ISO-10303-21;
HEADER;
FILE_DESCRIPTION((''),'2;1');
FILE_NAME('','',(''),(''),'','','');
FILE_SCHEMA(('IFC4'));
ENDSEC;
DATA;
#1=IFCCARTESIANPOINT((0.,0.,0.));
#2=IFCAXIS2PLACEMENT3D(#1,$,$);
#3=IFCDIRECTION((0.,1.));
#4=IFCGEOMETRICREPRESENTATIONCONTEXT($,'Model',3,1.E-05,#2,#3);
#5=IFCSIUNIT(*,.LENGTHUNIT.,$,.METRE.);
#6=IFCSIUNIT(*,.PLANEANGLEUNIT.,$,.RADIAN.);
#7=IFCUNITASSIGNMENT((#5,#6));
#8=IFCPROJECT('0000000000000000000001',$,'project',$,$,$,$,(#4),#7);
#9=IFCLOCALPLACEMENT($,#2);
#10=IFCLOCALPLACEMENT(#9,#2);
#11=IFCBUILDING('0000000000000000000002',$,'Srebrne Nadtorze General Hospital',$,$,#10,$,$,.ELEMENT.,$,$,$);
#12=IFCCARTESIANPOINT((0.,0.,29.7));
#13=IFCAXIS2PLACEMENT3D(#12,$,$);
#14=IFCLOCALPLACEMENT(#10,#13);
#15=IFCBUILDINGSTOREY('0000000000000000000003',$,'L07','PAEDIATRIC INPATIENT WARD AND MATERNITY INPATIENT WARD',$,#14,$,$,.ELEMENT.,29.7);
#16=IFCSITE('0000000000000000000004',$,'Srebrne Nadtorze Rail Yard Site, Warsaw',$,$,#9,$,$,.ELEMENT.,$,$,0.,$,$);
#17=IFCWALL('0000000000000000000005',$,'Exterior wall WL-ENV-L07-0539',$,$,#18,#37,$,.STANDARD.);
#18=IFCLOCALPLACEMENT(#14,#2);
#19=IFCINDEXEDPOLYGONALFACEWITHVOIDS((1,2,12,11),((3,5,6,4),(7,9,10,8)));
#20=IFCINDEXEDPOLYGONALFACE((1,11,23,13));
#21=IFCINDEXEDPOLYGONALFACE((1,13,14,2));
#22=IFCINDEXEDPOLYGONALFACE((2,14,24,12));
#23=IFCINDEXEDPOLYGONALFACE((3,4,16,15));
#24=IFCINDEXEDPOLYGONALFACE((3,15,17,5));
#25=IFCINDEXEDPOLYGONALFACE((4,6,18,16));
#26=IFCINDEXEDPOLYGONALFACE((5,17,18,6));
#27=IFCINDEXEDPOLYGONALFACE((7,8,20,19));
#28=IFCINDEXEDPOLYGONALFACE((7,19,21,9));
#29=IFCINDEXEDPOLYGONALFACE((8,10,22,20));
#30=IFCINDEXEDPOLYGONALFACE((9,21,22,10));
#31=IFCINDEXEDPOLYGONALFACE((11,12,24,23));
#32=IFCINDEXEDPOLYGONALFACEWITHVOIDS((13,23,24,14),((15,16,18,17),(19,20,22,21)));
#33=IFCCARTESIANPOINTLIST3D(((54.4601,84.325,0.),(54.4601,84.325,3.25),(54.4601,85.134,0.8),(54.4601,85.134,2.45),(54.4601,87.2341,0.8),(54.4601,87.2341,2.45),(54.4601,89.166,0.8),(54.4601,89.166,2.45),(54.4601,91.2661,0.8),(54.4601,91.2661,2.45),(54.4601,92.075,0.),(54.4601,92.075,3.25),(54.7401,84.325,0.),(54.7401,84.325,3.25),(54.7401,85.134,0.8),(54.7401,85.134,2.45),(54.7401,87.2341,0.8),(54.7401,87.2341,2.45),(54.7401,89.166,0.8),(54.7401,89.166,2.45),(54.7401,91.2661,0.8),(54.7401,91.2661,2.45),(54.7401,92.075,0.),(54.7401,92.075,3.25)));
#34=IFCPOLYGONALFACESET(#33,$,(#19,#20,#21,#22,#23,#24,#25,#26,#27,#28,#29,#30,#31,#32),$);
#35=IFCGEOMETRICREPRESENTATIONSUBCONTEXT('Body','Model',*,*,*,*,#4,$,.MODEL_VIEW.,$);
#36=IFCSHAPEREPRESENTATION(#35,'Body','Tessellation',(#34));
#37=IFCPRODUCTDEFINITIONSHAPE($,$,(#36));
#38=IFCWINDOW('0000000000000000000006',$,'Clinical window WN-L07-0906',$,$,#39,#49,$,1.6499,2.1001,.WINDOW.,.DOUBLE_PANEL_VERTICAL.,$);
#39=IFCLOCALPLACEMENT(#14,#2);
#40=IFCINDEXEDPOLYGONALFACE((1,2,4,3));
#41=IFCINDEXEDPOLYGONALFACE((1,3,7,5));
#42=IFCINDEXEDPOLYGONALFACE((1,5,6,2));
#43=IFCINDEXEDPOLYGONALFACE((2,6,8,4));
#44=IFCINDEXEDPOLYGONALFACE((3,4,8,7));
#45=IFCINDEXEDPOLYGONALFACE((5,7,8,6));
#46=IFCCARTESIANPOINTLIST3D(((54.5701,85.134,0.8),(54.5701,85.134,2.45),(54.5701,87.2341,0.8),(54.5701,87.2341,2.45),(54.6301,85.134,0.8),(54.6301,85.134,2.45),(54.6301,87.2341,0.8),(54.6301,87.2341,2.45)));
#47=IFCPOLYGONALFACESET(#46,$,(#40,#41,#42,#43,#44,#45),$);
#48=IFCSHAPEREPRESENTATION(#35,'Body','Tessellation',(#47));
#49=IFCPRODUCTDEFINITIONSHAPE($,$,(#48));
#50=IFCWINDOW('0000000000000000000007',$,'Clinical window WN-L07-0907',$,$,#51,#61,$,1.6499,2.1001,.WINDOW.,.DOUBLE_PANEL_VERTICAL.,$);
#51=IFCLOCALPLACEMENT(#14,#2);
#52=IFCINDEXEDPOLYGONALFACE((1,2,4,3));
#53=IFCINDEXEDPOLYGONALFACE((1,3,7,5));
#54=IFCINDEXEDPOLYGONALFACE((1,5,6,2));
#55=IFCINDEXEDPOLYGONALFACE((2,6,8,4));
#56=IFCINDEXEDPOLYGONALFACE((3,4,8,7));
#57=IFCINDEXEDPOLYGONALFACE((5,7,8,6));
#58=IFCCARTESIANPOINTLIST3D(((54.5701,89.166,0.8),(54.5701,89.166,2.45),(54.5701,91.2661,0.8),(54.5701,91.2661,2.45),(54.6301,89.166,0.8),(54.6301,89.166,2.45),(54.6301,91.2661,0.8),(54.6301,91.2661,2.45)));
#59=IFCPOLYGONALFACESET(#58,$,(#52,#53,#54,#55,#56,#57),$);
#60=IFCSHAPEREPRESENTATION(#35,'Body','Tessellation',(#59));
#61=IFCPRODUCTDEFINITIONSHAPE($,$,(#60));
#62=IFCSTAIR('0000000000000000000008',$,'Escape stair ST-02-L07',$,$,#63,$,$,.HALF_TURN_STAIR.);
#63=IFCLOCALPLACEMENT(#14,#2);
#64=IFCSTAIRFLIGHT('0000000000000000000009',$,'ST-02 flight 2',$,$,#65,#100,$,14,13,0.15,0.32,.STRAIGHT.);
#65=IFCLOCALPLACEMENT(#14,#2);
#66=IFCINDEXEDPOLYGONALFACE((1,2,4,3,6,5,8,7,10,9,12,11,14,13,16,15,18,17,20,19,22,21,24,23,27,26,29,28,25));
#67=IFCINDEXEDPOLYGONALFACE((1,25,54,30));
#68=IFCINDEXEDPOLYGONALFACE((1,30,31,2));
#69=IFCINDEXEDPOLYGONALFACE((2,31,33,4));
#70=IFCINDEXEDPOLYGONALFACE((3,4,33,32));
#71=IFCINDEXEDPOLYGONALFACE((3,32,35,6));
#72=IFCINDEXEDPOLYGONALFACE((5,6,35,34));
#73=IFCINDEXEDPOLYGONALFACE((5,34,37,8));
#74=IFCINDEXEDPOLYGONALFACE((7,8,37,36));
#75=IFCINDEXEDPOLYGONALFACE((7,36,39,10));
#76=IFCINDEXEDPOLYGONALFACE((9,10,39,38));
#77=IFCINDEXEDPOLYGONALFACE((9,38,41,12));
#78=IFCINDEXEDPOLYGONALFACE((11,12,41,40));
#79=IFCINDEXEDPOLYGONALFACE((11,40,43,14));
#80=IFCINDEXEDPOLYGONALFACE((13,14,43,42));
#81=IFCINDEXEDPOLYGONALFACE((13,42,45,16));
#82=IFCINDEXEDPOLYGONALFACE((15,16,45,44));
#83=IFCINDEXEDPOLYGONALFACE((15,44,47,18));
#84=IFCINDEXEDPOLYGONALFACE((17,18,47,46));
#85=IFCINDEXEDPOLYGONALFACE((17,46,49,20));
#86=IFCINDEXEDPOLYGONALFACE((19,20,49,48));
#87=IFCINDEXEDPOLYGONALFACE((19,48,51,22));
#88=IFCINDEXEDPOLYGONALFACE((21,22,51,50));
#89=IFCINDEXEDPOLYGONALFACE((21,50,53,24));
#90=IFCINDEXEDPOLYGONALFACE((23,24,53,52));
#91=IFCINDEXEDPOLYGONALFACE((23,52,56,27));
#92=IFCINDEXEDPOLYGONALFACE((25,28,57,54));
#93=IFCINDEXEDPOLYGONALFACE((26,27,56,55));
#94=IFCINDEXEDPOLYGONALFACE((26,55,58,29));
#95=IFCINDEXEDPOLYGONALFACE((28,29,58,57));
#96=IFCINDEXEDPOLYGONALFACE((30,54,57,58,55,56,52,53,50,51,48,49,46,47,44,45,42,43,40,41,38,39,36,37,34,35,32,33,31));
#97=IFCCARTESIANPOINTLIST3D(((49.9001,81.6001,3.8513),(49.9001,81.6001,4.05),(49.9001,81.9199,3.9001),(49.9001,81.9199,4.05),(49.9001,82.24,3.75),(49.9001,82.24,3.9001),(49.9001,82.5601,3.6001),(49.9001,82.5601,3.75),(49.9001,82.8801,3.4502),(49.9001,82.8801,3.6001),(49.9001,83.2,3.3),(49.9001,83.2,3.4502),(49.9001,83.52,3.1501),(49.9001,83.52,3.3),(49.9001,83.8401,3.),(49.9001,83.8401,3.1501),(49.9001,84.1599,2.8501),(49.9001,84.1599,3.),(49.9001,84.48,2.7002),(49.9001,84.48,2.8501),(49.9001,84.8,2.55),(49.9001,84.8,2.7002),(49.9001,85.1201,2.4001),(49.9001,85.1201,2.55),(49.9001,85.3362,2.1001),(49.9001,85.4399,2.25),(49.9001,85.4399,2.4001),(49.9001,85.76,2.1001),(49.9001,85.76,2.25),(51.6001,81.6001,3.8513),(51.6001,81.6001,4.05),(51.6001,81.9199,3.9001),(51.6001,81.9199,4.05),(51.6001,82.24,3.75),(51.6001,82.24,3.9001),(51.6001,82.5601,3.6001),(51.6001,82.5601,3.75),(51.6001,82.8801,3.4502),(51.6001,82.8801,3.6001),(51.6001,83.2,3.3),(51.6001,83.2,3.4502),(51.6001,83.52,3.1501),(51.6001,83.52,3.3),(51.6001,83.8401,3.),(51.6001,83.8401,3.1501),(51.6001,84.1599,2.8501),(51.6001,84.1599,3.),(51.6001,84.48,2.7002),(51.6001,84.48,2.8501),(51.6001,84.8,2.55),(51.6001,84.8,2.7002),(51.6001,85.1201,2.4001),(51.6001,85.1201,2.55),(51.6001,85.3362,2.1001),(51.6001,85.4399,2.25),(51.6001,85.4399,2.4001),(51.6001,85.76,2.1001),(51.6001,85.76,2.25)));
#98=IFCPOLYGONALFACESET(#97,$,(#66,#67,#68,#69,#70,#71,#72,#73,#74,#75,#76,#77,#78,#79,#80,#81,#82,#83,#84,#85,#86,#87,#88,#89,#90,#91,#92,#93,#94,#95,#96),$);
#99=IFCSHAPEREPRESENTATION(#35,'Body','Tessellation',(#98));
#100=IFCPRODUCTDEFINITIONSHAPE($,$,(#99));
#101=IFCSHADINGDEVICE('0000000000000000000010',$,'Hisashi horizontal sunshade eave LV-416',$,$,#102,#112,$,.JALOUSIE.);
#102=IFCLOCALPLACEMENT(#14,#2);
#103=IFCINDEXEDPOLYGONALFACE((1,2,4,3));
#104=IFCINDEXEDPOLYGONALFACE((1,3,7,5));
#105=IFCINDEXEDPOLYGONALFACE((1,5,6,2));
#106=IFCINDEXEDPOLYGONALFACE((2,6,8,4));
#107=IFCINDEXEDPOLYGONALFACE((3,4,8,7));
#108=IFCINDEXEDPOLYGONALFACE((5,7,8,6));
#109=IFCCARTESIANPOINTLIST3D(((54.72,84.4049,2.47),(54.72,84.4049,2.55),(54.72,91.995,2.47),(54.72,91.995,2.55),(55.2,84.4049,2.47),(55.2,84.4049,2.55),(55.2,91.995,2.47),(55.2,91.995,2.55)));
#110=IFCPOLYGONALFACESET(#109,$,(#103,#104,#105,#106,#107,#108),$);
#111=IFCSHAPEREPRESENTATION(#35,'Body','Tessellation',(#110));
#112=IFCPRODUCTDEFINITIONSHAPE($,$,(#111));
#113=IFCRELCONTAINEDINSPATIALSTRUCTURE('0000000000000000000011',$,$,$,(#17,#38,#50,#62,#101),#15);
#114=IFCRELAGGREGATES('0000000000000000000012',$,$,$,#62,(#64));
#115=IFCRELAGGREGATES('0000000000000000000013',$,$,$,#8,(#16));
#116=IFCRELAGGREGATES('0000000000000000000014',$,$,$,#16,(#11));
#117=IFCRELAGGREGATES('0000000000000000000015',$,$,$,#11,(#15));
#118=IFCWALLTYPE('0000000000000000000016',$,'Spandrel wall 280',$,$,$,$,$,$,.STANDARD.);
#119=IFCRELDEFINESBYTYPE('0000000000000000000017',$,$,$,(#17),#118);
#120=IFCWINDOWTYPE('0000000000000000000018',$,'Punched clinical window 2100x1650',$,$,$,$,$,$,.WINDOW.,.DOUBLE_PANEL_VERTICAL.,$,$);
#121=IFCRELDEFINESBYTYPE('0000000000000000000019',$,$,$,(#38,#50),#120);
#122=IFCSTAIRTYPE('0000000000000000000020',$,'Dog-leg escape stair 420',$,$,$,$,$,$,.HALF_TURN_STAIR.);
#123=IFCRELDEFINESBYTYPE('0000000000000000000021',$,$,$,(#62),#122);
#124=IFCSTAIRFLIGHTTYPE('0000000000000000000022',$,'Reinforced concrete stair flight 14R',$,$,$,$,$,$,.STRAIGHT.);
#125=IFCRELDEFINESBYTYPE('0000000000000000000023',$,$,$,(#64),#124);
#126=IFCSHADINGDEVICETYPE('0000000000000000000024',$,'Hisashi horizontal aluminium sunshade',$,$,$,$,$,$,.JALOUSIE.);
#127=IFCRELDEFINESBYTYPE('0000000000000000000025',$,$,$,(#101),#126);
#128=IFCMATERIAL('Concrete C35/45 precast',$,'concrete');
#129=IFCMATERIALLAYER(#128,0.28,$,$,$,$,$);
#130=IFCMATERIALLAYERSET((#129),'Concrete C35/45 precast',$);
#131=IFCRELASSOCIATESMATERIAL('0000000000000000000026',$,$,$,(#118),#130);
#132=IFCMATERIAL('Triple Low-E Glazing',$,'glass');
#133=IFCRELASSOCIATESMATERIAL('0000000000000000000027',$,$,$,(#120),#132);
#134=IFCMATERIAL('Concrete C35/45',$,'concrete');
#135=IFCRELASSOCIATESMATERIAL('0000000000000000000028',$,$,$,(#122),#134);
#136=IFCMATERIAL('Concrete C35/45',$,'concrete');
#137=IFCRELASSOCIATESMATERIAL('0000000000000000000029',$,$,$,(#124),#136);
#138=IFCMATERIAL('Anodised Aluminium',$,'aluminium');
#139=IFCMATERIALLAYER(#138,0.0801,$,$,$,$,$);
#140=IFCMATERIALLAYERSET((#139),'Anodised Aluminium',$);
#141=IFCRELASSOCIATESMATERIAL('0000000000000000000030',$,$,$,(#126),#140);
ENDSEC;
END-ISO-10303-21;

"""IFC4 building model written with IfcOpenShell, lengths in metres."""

from ifc_helpers import new_model, si_unit, direction, frame, frame_2d, origin, origin_2d, place, context, subcontext, project, spatial, polyline, rectangle, outline, extrude, material, layer, layer_set, type_object, element, fill, aggregate, save


model = new_model("IFC4")

# Units and contexts
model_context = context("Model", 3, precision=1e-05, world=origin(), true_north=direction((0.0, 1.0)))
body_context = subcontext(model_context, "Body", "Model", "MODEL_VIEW")
ifc_project = project(units=[si_unit("LENGTHUNIT", "METRE"), si_unit("PLANEANGLEUNIT", "RADIAN")], contexts=[model_context])

# Site, building, storey
site_placement = place(None, origin())
site = spatial("IfcSite", under=ifc_project, at=site_placement, Name="Srebrne Nadtorze Rail Yard Site, Warsaw", CompositionType="ELEMENT", RefElevation=0.0)
building_placement = place(site_placement, origin())
building = spatial("IfcBuilding", under=site, at=building_placement, Name="Srebrne Nadtorze General Hospital", CompositionType="ELEMENT")
storey_placement = place(building_placement, frame((0.0, 0.0, 29.7)))
storey = spatial("IfcBuildingStorey", under=building, at=storey_placement, Name="L07", Description="PAEDIATRIC INPATIENT WARD AND MATERNITY INPATIENT WARD", CompositionType="ELEMENT", Elevation=29.7)

# Wall, openings, windows
ifc_material_1 = material(Name="Concrete C35/45 precast", Category="concrete")
ifc_layer_1 = layer(ifc_material_1, 0.28)
ifc_layer_set_1 = layer_set([ifc_layer_1], Name="Concrete C35/45 precast")
wall_type_1 = type_object("IfcWallType", Name="Spandrel wall 280", PredefinedType="STANDARD", material=ifc_layer_set_1)
ifc_material_2 = material(Name="Triple Low-E Glazing", Category="glass")
window_type_1 = type_object("IfcWindowType", Name="Punched clinical window 2100x1650", PartitioningType="DOUBLE_PANEL_VERTICAL", PredefinedType="WINDOW", material=ifc_material_2)
wall_1_placement = place(storey_placement, frame((54.6001, 84.325, 0.0), z_axis=(0.0, 0.0, 1.0), x_axis=(0.0, 1.0, 0.0)))
wall_1 = element("IfcWall", 1, at=wall_1_placement, inside=storey, type_object=wall_type_1, Name="Exterior wall WL-ENV-L07-0539", PredefinedType="STANDARD", context=body_context, shape_type="SweptSolid", body=[
    extrude(rectangle(XDim=7.75, YDim=0.28, at=frame_2d((3.875, 0.0))), origin(), (0.0, 0.0, 1.0), 3.25),
])
opening_1_placement = place(wall_1_placement, frame((0.8091, 0.0, 0.8)))
opening_1 = element("IfcOpeningElement", 2, at=opening_1_placement, cuts=wall_1, PredefinedType="OPENING", context=body_context, shape_type="SweptSolid", body=[
    extrude(rectangle(XDim=2.1001, YDim=1.6499, at=frame_2d((1.05, 0.825))), frame((0.0, 0.1519, 0.0), z_axis=(0.0, -1.0, 0.0), x_axis=(1.0, 0.0, 0.0)), (0.0, 0.0, 1.0), 0.304),
])
opening_2_placement = place(wall_1_placement, frame((4.8411, 0.0, 0.8)))
opening_2 = element("IfcOpeningElement", 3, at=opening_2_placement, cuts=wall_1, PredefinedType="OPENING", context=body_context, shape_type="SweptSolid", body=[
    extrude(rectangle(XDim=2.1001, YDim=1.6499, at=frame_2d((1.05, 0.825))), frame((0.0, 0.1519, 0.0), z_axis=(0.0, -1.0, 0.0), x_axis=(1.0, 0.0, 0.0)), (0.0, 0.0, 1.0), 0.304),
])
window_1_placement = place(opening_1_placement, origin())
window_1 = element("IfcWindow", 4, at=window_1_placement, inside=storey, type_object=window_type_1, Name="Clinical window WN-L07-0906", OverallHeight=1.6499, OverallWidth=2.1001, PartitioningType="DOUBLE_PANEL_VERTICAL", PredefinedType="WINDOW", context=body_context, shape_type="SweptSolid", body=[
    extrude(rectangle(XDim=2.1001, YDim=1.6499, at=frame_2d((1.05, 0.825))), frame((0.0, 0.03, 0.0), z_axis=(0.0, -1.0, 0.0), x_axis=(1.0, 0.0, 0.0)), (0.0, 0.0, 1.0), 0.0601),
])
fill(opening_1, window_1)
window_2_placement = place(opening_2_placement, origin())
window_2 = element("IfcWindow", 5, at=window_2_placement, inside=storey, type_object=window_type_1, Name="Clinical window WN-L07-0907", OverallHeight=1.6499, OverallWidth=2.1001, PartitioningType="DOUBLE_PANEL_VERTICAL", PredefinedType="WINDOW", context=body_context, shape_type="SweptSolid", body=[
    extrude(rectangle(XDim=2.1001, YDim=1.6499, at=frame_2d((1.05, 0.825))), frame((0.0, 0.03, 0.0), z_axis=(0.0, -1.0, 0.0), x_axis=(1.0, 0.0, 0.0)), (0.0, 0.0, 1.0), 0.0601),
])
fill(opening_2, window_2)

# Stair, stair flight
ifc_material_3 = material(Name="Concrete C35/45", Category="concrete")
stair_type = type_object("IfcStairType", Name="Dog-leg escape stair 420", PredefinedType="HALF_TURN_STAIR", material=ifc_material_3)
stair_placement = place(storey_placement, origin())
stair = element("IfcStair", 6, at=stair_placement, inside=storey, type_object=stair_type, Name="Escape stair ST-02-L07", PredefinedType="HALF_TURN_STAIR")
ifc_material_4 = material(Name="Concrete C35/45", Category="concrete")
stair_flight_type = type_object("IfcStairFlightType", Name="Reinforced concrete stair flight 14R", PredefinedType="STRAIGHT", material=ifc_material_4)
stair_flight_placement = place(storey_placement, frame((50.75, 85.76, 2.1001), z_axis=(0.0, 0.0, 1.0), x_axis=(0.0, -1.0, 0.0)))
stair_flight = element("IfcStairFlight", 7, at=stair_flight_placement, type_object=stair_flight_type, Name="ST-02 flight 2", NumberOfRisers=14, NumberOfTreads=13, PredefinedType="STRAIGHT", RiserHeight=0.15, TreadLength=0.32, context=body_context, shape_type="SweptSolid", body=[
    extrude(outline(polyline([(0.0, 0.0), (0.0, 0.1499), (0.3201, 0.1499), (0.3201, 0.3), (0.6399, 0.3), (0.6399, 0.45), (0.96, 0.45), (0.96, 0.6001), (1.28, 0.6001), (1.28, 0.75), (1.6001, 0.75), (1.6001, 0.8999), (1.9199, 0.8999), (1.9199, 1.05), (2.24, 1.05), (2.24, 1.2), (2.5601, 1.2), (2.5601, 1.3501), (2.8799, 1.3501), (2.8799, 1.5), (3.2, 1.5), (3.2, 1.6499), (3.52, 1.6499), (3.52, 1.8), (3.8401, 1.8), (3.8401, 1.95), (4.1599, 1.95), (4.1599, 2.1001), (4.1599, 1.7512), (0.4238, 0.0), (0.0, 0.0)])), frame((0.0, 0.8501, 0.0), z_axis=(0.0, -1.0, 0.0), x_axis=(1.0, 0.0, 0.0)), (0.0, 0.0, 1.0), 1.7),
])
aggregate(stair, [stair_flight])

# Shading device
ifc_material_5 = material(Name="Anodised Aluminium", Category="aluminium")
ifc_layer_2 = layer(ifc_material_5, 0.0801)
ifc_layer_set_2 = layer_set([ifc_layer_2], Name="Anodised Aluminium")
shading_device_type = type_object("IfcShadingDeviceType", Name="Hisashi horizontal aluminium sunshade", PredefinedType="JALOUSIE", material=ifc_layer_set_2)
shading_device_placement = place(storey_placement, frame((54.96, 88.2, 2.47), z_axis=(0.0, 0.0, 1.0), x_axis=(1.0, 0.0, 0.0)))
element("IfcShadingDevice", 8, at=shading_device_placement, inside=storey, type_object=shading_device_type, Name="Hisashi horizontal sunshade eave LV-416", PredefinedType="JALOUSIE", context=body_context, shape_type="SweptSolid", body=[
    extrude(rectangle(XDim=0.48, YDim=7.5901, at=origin_2d()), origin(), (0.0, 0.0, 1.0), 0.0801),
])

save(model, "model.ifc")
